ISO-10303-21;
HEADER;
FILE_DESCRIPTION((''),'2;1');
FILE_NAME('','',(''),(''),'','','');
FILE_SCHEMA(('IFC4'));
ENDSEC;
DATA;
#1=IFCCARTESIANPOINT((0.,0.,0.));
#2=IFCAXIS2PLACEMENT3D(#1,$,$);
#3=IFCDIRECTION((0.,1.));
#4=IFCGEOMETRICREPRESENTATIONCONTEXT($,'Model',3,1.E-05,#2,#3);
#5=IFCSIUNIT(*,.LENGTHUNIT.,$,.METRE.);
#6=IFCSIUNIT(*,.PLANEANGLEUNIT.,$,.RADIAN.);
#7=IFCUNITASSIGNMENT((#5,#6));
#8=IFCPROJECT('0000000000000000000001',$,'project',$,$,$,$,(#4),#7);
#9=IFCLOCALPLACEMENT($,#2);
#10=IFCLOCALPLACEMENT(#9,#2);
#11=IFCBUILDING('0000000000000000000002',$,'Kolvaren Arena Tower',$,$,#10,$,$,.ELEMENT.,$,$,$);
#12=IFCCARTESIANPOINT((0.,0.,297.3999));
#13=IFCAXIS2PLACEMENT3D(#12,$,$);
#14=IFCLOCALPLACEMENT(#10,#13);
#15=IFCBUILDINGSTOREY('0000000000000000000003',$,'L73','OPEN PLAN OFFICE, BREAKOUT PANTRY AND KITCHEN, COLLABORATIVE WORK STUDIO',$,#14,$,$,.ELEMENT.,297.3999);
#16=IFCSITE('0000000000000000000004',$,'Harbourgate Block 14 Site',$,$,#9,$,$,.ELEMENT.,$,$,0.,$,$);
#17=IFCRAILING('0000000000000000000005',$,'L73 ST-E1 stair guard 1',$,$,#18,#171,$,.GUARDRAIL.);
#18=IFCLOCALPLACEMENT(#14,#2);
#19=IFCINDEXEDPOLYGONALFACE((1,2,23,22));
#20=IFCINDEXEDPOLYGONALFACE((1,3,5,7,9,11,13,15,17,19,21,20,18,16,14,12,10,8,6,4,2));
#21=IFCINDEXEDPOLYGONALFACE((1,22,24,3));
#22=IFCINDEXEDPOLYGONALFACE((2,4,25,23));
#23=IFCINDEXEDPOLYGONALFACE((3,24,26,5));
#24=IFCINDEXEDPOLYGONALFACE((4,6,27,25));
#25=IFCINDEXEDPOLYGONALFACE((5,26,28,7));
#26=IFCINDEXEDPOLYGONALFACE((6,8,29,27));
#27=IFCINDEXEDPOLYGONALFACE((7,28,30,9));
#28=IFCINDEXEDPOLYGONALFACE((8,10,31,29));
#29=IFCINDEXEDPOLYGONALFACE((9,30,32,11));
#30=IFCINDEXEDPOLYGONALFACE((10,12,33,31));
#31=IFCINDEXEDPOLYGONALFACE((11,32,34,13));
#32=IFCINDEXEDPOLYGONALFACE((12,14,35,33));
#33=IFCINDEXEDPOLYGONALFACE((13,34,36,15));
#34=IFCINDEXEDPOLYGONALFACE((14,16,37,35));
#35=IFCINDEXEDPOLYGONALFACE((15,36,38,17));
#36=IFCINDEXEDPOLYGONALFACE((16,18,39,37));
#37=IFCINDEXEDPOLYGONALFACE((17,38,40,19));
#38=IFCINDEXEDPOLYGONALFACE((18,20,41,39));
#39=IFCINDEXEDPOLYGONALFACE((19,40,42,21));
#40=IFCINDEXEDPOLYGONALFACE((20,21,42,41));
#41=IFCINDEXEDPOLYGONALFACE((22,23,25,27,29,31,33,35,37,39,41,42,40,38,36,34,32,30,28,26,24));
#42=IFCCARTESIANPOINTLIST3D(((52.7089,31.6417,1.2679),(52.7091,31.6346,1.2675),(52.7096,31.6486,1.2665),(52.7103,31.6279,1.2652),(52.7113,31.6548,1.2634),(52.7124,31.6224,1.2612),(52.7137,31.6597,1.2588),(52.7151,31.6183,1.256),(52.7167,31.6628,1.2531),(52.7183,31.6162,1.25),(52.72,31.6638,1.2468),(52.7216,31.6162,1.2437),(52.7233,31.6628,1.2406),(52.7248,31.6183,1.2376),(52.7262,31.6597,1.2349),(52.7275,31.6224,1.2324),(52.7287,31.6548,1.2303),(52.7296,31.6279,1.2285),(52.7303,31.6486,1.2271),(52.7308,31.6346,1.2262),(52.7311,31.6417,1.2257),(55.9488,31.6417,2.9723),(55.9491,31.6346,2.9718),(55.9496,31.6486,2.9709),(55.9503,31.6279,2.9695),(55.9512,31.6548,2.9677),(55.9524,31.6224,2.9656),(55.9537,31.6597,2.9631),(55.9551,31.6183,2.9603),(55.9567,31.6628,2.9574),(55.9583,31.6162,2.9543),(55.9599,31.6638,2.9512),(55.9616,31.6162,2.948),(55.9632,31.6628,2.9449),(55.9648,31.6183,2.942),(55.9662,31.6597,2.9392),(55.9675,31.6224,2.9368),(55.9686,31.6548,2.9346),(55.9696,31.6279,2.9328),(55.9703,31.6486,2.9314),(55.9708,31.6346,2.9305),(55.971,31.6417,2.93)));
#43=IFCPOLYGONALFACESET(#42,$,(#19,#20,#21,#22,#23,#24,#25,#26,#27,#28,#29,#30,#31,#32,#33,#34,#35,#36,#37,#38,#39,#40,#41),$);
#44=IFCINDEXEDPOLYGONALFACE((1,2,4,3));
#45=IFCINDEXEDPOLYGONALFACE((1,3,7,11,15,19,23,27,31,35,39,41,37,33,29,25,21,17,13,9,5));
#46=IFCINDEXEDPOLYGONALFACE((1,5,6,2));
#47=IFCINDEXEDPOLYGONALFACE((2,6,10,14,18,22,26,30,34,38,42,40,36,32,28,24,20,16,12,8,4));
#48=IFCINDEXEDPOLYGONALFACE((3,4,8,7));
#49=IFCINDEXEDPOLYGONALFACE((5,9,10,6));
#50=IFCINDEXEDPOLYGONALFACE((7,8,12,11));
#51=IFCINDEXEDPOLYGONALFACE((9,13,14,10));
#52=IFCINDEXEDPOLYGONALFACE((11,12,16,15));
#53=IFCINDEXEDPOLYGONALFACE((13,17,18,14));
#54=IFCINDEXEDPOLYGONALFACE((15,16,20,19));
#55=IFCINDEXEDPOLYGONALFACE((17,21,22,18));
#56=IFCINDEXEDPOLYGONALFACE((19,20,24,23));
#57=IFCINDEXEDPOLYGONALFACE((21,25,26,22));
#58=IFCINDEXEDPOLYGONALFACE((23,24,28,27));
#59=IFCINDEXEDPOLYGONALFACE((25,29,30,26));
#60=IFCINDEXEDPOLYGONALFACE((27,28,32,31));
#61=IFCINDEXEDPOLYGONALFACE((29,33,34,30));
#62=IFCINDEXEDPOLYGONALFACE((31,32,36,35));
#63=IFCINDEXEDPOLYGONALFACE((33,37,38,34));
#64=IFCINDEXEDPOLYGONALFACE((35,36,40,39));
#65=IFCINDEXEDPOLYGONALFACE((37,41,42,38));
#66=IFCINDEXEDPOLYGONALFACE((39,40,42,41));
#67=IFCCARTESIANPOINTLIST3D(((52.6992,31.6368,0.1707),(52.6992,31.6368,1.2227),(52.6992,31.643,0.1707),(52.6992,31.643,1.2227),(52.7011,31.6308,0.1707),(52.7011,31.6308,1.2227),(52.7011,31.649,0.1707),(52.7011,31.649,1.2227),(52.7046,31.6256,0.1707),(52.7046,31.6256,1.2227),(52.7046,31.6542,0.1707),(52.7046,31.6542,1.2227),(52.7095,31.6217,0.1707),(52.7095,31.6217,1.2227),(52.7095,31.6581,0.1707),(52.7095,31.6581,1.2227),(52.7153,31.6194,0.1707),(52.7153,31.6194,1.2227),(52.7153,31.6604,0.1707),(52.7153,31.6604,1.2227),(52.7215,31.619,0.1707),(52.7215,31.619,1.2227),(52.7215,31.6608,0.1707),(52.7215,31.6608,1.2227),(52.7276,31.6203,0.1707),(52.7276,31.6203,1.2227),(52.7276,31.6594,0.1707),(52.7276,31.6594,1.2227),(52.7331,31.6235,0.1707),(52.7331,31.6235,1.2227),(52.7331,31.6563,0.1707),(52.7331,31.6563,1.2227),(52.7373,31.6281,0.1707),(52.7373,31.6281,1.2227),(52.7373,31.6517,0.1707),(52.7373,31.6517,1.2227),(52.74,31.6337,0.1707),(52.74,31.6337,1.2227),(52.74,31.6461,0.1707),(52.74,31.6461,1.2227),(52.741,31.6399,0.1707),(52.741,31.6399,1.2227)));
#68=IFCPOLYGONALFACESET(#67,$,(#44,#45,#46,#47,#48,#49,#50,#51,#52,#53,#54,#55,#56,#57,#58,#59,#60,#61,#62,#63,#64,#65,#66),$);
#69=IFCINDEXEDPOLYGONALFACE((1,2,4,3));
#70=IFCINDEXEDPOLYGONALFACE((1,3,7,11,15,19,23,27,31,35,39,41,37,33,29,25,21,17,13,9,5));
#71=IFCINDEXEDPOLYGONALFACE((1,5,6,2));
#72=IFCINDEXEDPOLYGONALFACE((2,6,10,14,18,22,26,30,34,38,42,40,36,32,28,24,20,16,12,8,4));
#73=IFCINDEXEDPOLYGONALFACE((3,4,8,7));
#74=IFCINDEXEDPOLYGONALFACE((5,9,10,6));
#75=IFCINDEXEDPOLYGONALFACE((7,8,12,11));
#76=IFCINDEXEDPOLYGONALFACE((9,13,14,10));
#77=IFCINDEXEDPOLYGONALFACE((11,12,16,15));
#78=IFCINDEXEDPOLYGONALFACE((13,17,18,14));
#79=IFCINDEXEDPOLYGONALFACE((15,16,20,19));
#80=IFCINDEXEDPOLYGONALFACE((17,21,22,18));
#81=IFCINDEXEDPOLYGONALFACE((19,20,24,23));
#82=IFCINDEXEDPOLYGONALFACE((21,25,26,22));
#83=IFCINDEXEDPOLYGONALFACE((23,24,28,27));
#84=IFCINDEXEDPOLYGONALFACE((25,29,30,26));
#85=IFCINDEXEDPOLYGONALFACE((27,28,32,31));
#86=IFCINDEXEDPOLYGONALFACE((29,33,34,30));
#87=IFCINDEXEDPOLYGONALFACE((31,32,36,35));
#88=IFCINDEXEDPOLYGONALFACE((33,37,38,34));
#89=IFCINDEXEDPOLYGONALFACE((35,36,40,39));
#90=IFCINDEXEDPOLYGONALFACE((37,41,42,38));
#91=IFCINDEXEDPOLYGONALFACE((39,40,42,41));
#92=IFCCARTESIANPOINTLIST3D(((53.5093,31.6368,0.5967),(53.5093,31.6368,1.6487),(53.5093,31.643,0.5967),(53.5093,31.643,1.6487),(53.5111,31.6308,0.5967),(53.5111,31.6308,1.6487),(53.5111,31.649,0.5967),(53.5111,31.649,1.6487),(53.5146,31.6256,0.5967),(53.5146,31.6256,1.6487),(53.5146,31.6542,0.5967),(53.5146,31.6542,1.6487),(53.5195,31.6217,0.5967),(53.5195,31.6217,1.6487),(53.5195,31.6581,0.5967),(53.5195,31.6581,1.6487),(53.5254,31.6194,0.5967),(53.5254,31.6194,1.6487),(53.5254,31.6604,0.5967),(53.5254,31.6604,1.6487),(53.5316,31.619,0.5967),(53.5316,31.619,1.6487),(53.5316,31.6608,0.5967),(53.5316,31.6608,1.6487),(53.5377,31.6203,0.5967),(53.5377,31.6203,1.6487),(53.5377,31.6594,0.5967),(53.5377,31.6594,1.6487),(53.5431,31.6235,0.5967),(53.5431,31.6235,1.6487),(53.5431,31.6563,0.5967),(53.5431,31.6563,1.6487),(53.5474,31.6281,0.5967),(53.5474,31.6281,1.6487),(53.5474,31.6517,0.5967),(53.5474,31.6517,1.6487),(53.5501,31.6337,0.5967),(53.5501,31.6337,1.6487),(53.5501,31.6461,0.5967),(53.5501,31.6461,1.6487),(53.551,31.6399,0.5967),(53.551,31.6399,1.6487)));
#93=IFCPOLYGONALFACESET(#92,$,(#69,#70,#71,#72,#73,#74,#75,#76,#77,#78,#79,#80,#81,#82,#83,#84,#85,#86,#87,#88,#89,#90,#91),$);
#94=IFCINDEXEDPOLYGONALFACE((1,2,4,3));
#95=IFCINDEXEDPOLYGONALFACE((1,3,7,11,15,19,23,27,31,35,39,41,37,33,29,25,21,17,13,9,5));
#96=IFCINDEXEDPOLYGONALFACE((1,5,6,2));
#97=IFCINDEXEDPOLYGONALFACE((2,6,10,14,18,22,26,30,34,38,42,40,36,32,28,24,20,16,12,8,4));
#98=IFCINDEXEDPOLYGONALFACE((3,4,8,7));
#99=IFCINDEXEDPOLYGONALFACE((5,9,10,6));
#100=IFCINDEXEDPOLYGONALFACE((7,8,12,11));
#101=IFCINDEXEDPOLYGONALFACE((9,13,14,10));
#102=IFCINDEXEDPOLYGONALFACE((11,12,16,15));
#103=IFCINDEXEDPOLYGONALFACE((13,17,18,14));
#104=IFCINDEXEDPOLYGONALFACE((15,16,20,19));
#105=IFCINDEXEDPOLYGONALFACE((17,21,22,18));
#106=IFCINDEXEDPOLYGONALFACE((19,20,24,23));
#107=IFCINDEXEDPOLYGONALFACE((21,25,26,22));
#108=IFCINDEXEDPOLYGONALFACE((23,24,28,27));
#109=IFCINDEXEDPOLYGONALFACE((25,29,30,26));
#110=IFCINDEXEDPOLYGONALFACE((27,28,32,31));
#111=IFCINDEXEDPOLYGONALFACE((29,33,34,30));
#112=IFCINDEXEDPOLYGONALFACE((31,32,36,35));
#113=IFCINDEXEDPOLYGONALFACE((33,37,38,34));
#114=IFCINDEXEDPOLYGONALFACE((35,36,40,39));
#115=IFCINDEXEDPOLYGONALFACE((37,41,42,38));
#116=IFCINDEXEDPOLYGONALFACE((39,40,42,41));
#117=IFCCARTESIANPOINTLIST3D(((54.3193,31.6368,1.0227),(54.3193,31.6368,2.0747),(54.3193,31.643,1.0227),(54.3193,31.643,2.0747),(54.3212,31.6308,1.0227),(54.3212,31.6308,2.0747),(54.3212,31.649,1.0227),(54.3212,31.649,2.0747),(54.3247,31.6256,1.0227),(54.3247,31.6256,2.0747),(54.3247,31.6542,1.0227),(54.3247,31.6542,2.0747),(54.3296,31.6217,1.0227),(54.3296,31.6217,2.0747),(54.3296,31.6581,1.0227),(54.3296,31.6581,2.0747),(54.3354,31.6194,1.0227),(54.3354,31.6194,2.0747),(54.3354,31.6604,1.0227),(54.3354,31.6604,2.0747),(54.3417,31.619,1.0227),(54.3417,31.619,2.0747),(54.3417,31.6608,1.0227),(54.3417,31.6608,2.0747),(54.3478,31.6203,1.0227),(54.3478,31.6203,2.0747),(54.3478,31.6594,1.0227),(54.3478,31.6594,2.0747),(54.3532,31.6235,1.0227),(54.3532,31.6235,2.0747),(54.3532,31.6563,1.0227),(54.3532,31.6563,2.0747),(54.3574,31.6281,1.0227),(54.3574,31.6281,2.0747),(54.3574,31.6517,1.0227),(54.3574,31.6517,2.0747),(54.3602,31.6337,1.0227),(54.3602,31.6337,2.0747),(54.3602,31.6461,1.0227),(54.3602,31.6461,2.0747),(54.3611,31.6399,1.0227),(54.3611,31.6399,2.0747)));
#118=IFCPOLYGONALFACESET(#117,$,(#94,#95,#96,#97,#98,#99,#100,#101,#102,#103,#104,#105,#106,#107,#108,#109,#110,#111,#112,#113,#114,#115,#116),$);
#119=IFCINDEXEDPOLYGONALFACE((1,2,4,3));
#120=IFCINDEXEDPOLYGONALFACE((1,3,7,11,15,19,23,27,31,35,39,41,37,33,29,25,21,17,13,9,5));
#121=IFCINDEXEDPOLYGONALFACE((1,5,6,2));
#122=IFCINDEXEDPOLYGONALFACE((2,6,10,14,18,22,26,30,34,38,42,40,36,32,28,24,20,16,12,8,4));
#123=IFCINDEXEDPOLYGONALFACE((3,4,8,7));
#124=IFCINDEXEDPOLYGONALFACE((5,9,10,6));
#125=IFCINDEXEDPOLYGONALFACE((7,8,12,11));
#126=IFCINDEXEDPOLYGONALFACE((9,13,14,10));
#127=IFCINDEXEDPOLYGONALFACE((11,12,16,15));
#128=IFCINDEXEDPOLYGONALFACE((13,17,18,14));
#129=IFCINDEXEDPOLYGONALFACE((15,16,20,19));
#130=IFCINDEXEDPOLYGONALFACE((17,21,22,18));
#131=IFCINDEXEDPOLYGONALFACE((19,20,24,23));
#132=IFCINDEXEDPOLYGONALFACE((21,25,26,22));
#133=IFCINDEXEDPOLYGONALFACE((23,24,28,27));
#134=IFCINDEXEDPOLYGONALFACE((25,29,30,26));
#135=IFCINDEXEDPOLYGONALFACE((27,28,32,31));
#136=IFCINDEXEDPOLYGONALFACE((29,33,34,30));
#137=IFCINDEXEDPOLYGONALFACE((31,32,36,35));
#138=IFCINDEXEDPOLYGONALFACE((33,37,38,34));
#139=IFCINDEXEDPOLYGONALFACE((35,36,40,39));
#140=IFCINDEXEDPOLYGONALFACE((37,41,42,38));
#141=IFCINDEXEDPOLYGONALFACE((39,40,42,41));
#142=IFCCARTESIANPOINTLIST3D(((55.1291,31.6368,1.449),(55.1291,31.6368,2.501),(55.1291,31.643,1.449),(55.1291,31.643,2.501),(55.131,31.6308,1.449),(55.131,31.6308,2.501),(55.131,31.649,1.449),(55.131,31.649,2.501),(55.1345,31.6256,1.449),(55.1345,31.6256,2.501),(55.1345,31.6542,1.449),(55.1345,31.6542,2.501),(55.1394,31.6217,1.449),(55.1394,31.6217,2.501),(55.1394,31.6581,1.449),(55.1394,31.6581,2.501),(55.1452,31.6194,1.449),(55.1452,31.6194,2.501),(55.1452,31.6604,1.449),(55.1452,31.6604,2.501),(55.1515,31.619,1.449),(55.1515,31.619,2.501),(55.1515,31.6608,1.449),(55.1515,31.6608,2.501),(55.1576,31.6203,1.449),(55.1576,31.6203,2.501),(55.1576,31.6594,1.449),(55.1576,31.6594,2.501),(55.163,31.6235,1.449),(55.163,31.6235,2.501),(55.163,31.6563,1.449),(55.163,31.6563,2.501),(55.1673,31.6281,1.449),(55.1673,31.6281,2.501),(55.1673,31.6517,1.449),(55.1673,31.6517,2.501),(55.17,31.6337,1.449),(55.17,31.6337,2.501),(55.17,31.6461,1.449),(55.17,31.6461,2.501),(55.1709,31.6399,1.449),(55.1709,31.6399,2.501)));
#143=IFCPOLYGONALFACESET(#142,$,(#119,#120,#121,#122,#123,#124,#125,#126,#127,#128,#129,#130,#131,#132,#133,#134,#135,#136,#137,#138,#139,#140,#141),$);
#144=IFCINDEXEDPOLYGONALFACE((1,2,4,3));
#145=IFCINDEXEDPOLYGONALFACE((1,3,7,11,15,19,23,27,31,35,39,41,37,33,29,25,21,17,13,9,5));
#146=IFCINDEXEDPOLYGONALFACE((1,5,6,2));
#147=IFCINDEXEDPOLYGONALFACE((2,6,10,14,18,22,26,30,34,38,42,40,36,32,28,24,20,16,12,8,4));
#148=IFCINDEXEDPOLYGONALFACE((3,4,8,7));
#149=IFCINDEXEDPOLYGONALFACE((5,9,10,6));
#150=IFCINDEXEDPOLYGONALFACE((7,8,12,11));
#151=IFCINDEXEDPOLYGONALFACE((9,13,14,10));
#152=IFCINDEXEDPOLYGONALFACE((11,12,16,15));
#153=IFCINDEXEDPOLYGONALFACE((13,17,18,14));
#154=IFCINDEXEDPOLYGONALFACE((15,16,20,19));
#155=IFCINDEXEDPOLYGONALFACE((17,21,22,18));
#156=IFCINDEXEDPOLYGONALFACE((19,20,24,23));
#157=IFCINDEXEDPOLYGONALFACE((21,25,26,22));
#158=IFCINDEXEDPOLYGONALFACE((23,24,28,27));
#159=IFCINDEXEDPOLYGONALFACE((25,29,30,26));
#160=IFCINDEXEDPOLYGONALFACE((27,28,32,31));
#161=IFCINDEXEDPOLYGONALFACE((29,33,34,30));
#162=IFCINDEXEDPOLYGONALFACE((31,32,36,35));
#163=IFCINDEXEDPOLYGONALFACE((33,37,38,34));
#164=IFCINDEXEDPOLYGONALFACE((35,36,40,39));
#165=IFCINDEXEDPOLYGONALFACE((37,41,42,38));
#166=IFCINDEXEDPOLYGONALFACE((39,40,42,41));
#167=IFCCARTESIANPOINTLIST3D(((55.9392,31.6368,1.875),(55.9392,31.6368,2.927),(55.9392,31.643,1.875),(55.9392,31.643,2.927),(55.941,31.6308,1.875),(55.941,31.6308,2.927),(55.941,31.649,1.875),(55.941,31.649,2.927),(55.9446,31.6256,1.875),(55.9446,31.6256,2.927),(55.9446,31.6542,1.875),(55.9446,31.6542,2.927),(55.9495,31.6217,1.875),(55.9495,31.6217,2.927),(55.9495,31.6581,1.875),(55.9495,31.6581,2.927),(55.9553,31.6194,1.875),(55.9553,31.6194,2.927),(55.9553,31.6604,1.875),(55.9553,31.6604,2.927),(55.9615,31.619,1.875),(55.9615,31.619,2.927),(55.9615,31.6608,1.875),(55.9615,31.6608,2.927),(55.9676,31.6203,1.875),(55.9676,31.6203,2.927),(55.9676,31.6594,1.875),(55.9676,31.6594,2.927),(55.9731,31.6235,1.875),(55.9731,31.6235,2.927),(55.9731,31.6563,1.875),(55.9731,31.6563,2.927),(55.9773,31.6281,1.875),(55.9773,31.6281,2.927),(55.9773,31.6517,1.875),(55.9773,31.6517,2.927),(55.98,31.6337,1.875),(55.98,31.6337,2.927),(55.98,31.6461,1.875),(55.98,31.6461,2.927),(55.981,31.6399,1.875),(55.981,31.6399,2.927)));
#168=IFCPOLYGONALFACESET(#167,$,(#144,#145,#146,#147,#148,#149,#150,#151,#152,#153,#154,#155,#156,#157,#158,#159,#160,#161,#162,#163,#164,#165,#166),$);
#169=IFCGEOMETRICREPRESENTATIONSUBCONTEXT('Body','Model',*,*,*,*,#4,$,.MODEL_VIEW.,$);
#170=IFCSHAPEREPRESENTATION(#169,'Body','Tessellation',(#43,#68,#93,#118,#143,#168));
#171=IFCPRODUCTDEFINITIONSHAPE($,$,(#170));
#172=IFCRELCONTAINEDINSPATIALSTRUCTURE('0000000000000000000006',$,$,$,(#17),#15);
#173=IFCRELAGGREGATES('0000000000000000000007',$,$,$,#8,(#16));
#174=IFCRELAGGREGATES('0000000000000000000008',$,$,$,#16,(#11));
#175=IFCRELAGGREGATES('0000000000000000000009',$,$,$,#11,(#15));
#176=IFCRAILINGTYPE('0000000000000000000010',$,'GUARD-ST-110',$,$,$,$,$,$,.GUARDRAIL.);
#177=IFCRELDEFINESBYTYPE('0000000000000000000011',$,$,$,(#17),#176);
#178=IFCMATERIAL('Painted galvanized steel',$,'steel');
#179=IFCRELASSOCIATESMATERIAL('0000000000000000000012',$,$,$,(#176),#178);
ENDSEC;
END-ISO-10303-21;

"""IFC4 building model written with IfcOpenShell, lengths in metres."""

from ifc_helpers import new_model, si_unit, direction, frame, origin, origin_2d, place, context, subcontext, project, spatial, circle, extrude, material, type_object, element, save


model = new_model("IFC4")

# Units and contexts
model_context = context("Model", 3, precision=1e-05, world=origin(), true_north=direction((0.0, 1.0)))
body_context = subcontext(model_context, "Body", "Model", "MODEL_VIEW")
ifc_project = project(units=[si_unit("LENGTHUNIT", "METRE"), si_unit("PLANEANGLEUNIT", "RADIAN")], contexts=[model_context])

# Site, building, storey
site_placement = place(None, origin())
site = spatial("IfcSite", under=ifc_project, at=site_placement, Name="Harbourgate Block 14 Site", CompositionType="ELEMENT", RefElevation=0.0)
building_placement = place(site_placement, origin())
building = spatial("IfcBuilding", under=site, at=building_placement, Name="Kolvaren Arena Tower", CompositionType="ELEMENT")
storey_placement = place(building_placement, frame((0.0, 0.0, 297.3999)))
storey = spatial("IfcBuildingStorey", under=building, at=storey_placement, Name="L73", Description="OPEN PLAN OFFICE, BREAKOUT PANTRY AND KITCHEN, COLLABORATIVE WORK STUDIO", CompositionType="ELEMENT", Elevation=297.3999)

# Railing
ifc_material_1 = material(Name="Painted galvanized steel", Category="steel")
railing_type_1 = type_object("IfcRailingType", Name="GUARD-ST-110", PredefinedType="GUARDRAIL", material=ifc_material_1)
railing_1_placement = place(storey_placement, frame((52.72, 31.6399, 0.1707)))
element("IfcRailing", 1, at=railing_1_placement, inside=storey, type_object=railing_type_1, Name="L73 ST-E1 stair guard 1", PredefinedType="GUARDRAIL", context=body_context, shape_type="SweptSolid", body=[
    extrude(circle(Radius=0.0239, at=origin_2d()), frame((0.0, 0.0, 1.0762), z_axis=(0.885021, 0.0, 0.465551), x_axis=(0.0, 1.0, 0.0)), (0.0, 0.0, 1.0), 3.6609),
    extrude(circle(Radius=0.021, at=origin_2d()), origin(), (0.0, 0.0, 1.0), 1.052),
    extrude(circle(Radius=0.021, at=origin_2d()), frame((0.8101, 0.0, 0.426)), (0.0, 0.0, 1.0), 1.052),
    extrude(circle(Radius=0.021, at=origin_2d()), frame((1.6201, 0.0, 0.8521)), (0.0, 0.0, 1.0), 1.052),
    extrude(circle(Radius=0.021, at=origin_2d()), frame((2.4299, 0.0, 1.2783)), (0.0, 0.0, 1.0), 1.052),
    extrude(circle(Radius=0.021, at=origin_2d()), frame((3.24, 0.0, 1.7043)), (0.0, 0.0, 1.0), 1.052),
])

save(model, "model.ifc")
